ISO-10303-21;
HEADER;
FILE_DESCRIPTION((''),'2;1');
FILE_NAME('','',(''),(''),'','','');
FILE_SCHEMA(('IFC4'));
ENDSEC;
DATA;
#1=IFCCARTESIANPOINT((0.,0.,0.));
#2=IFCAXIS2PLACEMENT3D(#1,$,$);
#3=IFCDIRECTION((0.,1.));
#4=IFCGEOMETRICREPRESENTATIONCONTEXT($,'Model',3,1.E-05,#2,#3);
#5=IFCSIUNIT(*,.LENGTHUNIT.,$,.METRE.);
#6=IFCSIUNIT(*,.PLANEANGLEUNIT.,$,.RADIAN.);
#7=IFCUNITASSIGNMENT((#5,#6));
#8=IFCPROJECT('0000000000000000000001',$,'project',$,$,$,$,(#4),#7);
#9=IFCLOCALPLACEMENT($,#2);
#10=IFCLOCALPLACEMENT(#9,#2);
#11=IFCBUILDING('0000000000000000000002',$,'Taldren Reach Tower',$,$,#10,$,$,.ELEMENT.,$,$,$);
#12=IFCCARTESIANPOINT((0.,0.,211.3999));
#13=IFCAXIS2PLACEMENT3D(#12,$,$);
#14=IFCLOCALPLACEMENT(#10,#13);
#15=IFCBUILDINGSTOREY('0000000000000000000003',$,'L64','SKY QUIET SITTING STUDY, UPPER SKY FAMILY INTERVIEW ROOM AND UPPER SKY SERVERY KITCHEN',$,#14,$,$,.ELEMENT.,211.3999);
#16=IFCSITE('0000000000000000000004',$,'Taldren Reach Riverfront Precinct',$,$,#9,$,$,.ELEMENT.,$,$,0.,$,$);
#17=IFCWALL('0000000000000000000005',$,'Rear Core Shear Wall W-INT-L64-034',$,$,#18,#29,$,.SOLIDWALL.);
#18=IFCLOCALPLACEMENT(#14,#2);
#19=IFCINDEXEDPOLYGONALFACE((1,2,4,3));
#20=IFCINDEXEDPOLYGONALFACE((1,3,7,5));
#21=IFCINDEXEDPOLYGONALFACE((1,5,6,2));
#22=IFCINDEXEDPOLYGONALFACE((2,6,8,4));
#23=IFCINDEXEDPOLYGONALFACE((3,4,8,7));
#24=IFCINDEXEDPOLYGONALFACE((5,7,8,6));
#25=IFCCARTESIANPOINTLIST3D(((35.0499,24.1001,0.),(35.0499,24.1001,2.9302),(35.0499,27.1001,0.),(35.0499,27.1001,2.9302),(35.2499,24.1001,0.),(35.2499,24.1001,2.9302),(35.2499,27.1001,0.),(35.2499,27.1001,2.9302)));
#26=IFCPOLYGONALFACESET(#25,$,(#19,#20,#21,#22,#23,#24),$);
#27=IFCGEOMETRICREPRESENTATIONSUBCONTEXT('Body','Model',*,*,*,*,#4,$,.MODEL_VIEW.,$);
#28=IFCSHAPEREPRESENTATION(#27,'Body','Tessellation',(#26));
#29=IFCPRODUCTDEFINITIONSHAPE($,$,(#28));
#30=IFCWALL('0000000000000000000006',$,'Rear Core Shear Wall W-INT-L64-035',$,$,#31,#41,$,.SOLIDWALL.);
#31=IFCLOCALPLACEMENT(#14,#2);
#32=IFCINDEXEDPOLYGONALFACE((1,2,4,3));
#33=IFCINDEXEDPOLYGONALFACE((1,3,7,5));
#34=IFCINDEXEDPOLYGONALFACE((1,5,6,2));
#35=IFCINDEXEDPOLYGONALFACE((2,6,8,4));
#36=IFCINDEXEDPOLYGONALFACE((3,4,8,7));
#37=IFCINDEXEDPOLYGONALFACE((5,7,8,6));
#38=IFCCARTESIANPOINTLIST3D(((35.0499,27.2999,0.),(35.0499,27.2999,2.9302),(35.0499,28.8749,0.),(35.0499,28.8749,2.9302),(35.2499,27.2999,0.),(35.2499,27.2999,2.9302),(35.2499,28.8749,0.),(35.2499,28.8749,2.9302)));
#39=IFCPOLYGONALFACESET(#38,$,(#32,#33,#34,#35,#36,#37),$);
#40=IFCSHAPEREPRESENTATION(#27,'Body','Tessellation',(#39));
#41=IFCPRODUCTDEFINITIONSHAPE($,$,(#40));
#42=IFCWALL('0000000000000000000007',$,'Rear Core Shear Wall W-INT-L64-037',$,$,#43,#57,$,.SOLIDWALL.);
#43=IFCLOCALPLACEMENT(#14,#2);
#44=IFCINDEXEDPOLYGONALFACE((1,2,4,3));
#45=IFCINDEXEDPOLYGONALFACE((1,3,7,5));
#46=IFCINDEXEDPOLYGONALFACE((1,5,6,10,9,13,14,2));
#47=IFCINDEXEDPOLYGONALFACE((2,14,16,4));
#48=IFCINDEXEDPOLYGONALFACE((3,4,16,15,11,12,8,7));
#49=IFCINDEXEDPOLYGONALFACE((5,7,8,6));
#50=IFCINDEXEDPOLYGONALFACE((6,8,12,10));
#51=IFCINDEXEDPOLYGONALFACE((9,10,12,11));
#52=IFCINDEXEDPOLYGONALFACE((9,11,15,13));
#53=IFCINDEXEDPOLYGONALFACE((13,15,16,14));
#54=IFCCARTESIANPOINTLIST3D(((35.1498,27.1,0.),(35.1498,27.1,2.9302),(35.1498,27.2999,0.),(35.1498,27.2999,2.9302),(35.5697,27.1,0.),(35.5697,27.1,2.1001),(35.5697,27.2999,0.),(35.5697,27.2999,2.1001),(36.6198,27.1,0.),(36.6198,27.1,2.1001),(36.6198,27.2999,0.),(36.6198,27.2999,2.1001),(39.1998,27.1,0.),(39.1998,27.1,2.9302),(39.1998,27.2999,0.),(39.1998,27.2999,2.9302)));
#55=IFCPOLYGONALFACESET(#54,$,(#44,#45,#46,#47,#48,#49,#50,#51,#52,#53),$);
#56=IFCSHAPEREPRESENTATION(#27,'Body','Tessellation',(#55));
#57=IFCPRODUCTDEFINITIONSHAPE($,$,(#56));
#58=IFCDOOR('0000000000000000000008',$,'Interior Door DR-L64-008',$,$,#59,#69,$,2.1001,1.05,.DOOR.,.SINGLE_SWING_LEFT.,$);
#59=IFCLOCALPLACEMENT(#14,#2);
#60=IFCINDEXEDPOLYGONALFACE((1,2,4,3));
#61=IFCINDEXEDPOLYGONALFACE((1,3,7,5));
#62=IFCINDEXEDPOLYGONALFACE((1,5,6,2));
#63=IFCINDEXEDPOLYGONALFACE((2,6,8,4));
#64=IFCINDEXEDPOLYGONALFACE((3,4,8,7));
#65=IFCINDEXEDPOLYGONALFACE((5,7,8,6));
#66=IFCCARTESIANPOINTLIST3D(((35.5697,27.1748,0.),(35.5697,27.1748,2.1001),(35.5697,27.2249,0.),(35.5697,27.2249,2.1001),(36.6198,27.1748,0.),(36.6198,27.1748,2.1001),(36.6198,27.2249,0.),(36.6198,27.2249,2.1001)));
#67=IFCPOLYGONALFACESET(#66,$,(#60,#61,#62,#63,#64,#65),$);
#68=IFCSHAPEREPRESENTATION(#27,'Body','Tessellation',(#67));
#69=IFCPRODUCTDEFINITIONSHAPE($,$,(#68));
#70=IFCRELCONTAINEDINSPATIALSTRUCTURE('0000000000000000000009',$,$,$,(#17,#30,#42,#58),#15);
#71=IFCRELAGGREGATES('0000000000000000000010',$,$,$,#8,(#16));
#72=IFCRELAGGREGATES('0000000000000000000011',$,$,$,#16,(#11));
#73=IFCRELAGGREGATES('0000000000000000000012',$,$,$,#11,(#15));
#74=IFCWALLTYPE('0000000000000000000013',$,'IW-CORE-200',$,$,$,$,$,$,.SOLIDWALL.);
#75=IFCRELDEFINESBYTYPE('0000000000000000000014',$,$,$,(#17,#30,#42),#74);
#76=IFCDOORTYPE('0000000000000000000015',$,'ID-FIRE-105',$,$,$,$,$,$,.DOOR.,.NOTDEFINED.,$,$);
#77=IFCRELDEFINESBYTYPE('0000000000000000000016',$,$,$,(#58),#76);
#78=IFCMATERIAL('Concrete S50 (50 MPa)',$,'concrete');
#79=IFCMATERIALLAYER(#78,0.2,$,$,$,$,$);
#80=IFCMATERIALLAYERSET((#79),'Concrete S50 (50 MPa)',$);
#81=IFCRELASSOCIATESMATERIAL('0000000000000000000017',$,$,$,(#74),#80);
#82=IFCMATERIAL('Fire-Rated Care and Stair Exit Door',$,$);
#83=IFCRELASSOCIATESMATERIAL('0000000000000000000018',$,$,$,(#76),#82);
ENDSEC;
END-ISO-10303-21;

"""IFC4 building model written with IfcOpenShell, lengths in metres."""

from ifc_helpers import new_model, si_unit, direction, frame, frame_2d, origin, place, context, subcontext, project, spatial, rectangle, extrude, source, transform, mapped, material, layer, layer_set, type_object, element, fill, save


model = new_model("IFC4")

# Units and contexts
model_context = context("Model", 3, precision=1e-05, world=origin(), true_north=direction((0.0, 1.0)))
body_context = subcontext(model_context, "Body", "Model", "MODEL_VIEW")
ifc_project = project(units=[si_unit("LENGTHUNIT", "METRE"), si_unit("PLANEANGLEUNIT", "RADIAN")], contexts=[model_context])

# Site, building, storey
site_placement = place(None, origin())
site = spatial("IfcSite", under=ifc_project, at=site_placement, Name="Taldren Reach Riverfront Precinct", CompositionType="ELEMENT", RefElevation=0.0)
building_placement = place(site_placement, origin())
building = spatial("IfcBuilding", under=site, at=building_placement, Name="Taldren Reach Tower", CompositionType="ELEMENT")
storey_placement = place(building_placement, frame((0.0, 0.0, 211.3999)))
storey = spatial("IfcBuildingStorey", under=building, at=storey_placement, Name="L64", Description="SKY QUIET SITTING STUDY, UPPER SKY FAMILY INTERVIEW ROOM AND UPPER SKY SERVERY KITCHEN", CompositionType="ELEMENT", Elevation=211.3999)

# Shared definitions
ifc_material_1 = material(Name="Concrete S50 (50 MPa)", Category="concrete")
ifc_layer_1 = layer(ifc_material_1, 0.2)
ifc_layer_set_1 = layer_set([ifc_layer_1], Name="Concrete S50 (50 MPa)")
wall_type_1 = type_object("IfcWallType", Name="IW-CORE-200", PredefinedType="SOLIDWALL", material=ifc_layer_set_1)

# Shared definitions
shared_shape_1 = source(origin(), body_context, "Body", "SweptSolid", [
    extrude(rectangle(XDim=1.05, YDim=2.1001, at=frame_2d((0.5249, 1.05))), frame((0.0, 0.1099, 0.0), z_axis=(0.0, -1.0, 0.0), x_axis=(1.0, 0.0, 0.0)), (0.0, 0.0, 1.0), 0.22),
])
ifc_material_2 = material(Name="Fire-Rated Care and Stair Exit Door")
door_type_1 = type_object("IfcDoorType", Name="ID-FIRE-105", OperationType="NOTDEFINED", PredefinedType="DOOR", material=ifc_material_2)
shared_shape_2 = source(origin(), body_context, "Body", "SweptSolid", [
    extrude(rectangle(XDim=1.05, YDim=2.1001, at=frame_2d((0.5249, 1.05))), frame((0.0, 0.0249, 0.0), z_axis=(0.0, -1.0, 0.0), x_axis=(1.0, 0.0, 0.0)), (0.0, 0.0, 1.0), 0.05),
])

# Walls
shared_shape_3 = source(origin(), body_context, "Body", "SweptSolid", [
    extrude(rectangle(XDim=3.0, YDim=0.2, at=frame_2d((1.5, 0.0))), origin(), (0.0, 0.0, 1.0), 2.9302),
])
wall_1_placement = place(storey_placement, frame((35.1499, 27.1001, 0.0), z_axis=(0.0, 0.0, 1.0), x_axis=(0.0, -1.0, 0.0)))
element("IfcWall", 1, at=wall_1_placement, inside=storey, type_object=wall_type_1, Name="Rear Core Shear Wall W-INT-L64-034", PredefinedType="SOLIDWALL", context=body_context, shape_type="MappedRepresentation", body=[
    mapped(shared_shape_3, transform((0.0, 0.0, 0.0), scale=1.0)),
])
shared_shape_4 = source(origin(), body_context, "Body", "SweptSolid", [
    extrude(rectangle(XDim=1.575, YDim=0.2, at=frame_2d((0.7876, 0.0))), origin(), (0.0, 0.0, 1.0), 2.9302),
])
wall_2_placement = place(storey_placement, frame((35.1499, 28.875, 0.0), z_axis=(0.0, 0.0, 1.0), x_axis=(0.0, -1.0, 0.0)))
element("IfcWall", 2, at=wall_2_placement, inside=storey, type_object=wall_type_1, Name="Rear Core Shear Wall W-INT-L64-035", PredefinedType="SOLIDWALL", context=body_context, shape_type="MappedRepresentation", body=[
    mapped(shared_shape_4, transform((0.0, 0.0, 0.0), scale=1.0)),
])

# Wall, opening, door
shared_shape_5 = source(origin(), body_context, "Body", "SweptSolid", [
    extrude(rectangle(XDim=4.05, YDim=0.2, at=frame_2d((2.0249, 0.0))), origin(), (0.0, 0.0, 1.0), 2.9302),
])
wall_3_placement = place(storey_placement, frame((35.1499, 27.2, 0.0), z_axis=(0.0, 0.0, 1.0), x_axis=(1.0, 0.0, 0.0)))
wall_3 = element("IfcWall", 3, at=wall_3_placement, inside=storey, type_object=wall_type_1, Name="Rear Core Shear Wall W-INT-L64-037", PredefinedType="SOLIDWALL", context=body_context, shape_type="MappedRepresentation", body=[
    mapped(shared_shape_5, transform((0.0, 0.0, 0.0), scale=1.0)),
])
opening_1_placement = place(wall_3_placement, frame((0.4199, 0.0, 0.0)))
opening_1 = element("IfcOpeningElement", 4, at=opening_1_placement, cuts=wall_3, PredefinedType="OPENING", context=body_context, shape_type="MappedRepresentation", body=[
    mapped(shared_shape_1, transform((0.0, 0.0, 0.0), scale=1.0)),
])
door_1_placement = place(opening_1_placement, origin())
door_1 = element("IfcDoor", 5, at=door_1_placement, inside=storey, type_object=door_type_1, Name="Interior Door DR-L64-008", OperationType="SINGLE_SWING_LEFT", OverallHeight=2.1001, OverallWidth=1.05, PredefinedType="DOOR", context=body_context, shape_type="MappedRepresentation", body=[
    mapped(shared_shape_2, transform((0.0, 0.0, 0.0), scale=1.0)),
])
fill(opening_1, door_1)

save(model, "model.ifc")
